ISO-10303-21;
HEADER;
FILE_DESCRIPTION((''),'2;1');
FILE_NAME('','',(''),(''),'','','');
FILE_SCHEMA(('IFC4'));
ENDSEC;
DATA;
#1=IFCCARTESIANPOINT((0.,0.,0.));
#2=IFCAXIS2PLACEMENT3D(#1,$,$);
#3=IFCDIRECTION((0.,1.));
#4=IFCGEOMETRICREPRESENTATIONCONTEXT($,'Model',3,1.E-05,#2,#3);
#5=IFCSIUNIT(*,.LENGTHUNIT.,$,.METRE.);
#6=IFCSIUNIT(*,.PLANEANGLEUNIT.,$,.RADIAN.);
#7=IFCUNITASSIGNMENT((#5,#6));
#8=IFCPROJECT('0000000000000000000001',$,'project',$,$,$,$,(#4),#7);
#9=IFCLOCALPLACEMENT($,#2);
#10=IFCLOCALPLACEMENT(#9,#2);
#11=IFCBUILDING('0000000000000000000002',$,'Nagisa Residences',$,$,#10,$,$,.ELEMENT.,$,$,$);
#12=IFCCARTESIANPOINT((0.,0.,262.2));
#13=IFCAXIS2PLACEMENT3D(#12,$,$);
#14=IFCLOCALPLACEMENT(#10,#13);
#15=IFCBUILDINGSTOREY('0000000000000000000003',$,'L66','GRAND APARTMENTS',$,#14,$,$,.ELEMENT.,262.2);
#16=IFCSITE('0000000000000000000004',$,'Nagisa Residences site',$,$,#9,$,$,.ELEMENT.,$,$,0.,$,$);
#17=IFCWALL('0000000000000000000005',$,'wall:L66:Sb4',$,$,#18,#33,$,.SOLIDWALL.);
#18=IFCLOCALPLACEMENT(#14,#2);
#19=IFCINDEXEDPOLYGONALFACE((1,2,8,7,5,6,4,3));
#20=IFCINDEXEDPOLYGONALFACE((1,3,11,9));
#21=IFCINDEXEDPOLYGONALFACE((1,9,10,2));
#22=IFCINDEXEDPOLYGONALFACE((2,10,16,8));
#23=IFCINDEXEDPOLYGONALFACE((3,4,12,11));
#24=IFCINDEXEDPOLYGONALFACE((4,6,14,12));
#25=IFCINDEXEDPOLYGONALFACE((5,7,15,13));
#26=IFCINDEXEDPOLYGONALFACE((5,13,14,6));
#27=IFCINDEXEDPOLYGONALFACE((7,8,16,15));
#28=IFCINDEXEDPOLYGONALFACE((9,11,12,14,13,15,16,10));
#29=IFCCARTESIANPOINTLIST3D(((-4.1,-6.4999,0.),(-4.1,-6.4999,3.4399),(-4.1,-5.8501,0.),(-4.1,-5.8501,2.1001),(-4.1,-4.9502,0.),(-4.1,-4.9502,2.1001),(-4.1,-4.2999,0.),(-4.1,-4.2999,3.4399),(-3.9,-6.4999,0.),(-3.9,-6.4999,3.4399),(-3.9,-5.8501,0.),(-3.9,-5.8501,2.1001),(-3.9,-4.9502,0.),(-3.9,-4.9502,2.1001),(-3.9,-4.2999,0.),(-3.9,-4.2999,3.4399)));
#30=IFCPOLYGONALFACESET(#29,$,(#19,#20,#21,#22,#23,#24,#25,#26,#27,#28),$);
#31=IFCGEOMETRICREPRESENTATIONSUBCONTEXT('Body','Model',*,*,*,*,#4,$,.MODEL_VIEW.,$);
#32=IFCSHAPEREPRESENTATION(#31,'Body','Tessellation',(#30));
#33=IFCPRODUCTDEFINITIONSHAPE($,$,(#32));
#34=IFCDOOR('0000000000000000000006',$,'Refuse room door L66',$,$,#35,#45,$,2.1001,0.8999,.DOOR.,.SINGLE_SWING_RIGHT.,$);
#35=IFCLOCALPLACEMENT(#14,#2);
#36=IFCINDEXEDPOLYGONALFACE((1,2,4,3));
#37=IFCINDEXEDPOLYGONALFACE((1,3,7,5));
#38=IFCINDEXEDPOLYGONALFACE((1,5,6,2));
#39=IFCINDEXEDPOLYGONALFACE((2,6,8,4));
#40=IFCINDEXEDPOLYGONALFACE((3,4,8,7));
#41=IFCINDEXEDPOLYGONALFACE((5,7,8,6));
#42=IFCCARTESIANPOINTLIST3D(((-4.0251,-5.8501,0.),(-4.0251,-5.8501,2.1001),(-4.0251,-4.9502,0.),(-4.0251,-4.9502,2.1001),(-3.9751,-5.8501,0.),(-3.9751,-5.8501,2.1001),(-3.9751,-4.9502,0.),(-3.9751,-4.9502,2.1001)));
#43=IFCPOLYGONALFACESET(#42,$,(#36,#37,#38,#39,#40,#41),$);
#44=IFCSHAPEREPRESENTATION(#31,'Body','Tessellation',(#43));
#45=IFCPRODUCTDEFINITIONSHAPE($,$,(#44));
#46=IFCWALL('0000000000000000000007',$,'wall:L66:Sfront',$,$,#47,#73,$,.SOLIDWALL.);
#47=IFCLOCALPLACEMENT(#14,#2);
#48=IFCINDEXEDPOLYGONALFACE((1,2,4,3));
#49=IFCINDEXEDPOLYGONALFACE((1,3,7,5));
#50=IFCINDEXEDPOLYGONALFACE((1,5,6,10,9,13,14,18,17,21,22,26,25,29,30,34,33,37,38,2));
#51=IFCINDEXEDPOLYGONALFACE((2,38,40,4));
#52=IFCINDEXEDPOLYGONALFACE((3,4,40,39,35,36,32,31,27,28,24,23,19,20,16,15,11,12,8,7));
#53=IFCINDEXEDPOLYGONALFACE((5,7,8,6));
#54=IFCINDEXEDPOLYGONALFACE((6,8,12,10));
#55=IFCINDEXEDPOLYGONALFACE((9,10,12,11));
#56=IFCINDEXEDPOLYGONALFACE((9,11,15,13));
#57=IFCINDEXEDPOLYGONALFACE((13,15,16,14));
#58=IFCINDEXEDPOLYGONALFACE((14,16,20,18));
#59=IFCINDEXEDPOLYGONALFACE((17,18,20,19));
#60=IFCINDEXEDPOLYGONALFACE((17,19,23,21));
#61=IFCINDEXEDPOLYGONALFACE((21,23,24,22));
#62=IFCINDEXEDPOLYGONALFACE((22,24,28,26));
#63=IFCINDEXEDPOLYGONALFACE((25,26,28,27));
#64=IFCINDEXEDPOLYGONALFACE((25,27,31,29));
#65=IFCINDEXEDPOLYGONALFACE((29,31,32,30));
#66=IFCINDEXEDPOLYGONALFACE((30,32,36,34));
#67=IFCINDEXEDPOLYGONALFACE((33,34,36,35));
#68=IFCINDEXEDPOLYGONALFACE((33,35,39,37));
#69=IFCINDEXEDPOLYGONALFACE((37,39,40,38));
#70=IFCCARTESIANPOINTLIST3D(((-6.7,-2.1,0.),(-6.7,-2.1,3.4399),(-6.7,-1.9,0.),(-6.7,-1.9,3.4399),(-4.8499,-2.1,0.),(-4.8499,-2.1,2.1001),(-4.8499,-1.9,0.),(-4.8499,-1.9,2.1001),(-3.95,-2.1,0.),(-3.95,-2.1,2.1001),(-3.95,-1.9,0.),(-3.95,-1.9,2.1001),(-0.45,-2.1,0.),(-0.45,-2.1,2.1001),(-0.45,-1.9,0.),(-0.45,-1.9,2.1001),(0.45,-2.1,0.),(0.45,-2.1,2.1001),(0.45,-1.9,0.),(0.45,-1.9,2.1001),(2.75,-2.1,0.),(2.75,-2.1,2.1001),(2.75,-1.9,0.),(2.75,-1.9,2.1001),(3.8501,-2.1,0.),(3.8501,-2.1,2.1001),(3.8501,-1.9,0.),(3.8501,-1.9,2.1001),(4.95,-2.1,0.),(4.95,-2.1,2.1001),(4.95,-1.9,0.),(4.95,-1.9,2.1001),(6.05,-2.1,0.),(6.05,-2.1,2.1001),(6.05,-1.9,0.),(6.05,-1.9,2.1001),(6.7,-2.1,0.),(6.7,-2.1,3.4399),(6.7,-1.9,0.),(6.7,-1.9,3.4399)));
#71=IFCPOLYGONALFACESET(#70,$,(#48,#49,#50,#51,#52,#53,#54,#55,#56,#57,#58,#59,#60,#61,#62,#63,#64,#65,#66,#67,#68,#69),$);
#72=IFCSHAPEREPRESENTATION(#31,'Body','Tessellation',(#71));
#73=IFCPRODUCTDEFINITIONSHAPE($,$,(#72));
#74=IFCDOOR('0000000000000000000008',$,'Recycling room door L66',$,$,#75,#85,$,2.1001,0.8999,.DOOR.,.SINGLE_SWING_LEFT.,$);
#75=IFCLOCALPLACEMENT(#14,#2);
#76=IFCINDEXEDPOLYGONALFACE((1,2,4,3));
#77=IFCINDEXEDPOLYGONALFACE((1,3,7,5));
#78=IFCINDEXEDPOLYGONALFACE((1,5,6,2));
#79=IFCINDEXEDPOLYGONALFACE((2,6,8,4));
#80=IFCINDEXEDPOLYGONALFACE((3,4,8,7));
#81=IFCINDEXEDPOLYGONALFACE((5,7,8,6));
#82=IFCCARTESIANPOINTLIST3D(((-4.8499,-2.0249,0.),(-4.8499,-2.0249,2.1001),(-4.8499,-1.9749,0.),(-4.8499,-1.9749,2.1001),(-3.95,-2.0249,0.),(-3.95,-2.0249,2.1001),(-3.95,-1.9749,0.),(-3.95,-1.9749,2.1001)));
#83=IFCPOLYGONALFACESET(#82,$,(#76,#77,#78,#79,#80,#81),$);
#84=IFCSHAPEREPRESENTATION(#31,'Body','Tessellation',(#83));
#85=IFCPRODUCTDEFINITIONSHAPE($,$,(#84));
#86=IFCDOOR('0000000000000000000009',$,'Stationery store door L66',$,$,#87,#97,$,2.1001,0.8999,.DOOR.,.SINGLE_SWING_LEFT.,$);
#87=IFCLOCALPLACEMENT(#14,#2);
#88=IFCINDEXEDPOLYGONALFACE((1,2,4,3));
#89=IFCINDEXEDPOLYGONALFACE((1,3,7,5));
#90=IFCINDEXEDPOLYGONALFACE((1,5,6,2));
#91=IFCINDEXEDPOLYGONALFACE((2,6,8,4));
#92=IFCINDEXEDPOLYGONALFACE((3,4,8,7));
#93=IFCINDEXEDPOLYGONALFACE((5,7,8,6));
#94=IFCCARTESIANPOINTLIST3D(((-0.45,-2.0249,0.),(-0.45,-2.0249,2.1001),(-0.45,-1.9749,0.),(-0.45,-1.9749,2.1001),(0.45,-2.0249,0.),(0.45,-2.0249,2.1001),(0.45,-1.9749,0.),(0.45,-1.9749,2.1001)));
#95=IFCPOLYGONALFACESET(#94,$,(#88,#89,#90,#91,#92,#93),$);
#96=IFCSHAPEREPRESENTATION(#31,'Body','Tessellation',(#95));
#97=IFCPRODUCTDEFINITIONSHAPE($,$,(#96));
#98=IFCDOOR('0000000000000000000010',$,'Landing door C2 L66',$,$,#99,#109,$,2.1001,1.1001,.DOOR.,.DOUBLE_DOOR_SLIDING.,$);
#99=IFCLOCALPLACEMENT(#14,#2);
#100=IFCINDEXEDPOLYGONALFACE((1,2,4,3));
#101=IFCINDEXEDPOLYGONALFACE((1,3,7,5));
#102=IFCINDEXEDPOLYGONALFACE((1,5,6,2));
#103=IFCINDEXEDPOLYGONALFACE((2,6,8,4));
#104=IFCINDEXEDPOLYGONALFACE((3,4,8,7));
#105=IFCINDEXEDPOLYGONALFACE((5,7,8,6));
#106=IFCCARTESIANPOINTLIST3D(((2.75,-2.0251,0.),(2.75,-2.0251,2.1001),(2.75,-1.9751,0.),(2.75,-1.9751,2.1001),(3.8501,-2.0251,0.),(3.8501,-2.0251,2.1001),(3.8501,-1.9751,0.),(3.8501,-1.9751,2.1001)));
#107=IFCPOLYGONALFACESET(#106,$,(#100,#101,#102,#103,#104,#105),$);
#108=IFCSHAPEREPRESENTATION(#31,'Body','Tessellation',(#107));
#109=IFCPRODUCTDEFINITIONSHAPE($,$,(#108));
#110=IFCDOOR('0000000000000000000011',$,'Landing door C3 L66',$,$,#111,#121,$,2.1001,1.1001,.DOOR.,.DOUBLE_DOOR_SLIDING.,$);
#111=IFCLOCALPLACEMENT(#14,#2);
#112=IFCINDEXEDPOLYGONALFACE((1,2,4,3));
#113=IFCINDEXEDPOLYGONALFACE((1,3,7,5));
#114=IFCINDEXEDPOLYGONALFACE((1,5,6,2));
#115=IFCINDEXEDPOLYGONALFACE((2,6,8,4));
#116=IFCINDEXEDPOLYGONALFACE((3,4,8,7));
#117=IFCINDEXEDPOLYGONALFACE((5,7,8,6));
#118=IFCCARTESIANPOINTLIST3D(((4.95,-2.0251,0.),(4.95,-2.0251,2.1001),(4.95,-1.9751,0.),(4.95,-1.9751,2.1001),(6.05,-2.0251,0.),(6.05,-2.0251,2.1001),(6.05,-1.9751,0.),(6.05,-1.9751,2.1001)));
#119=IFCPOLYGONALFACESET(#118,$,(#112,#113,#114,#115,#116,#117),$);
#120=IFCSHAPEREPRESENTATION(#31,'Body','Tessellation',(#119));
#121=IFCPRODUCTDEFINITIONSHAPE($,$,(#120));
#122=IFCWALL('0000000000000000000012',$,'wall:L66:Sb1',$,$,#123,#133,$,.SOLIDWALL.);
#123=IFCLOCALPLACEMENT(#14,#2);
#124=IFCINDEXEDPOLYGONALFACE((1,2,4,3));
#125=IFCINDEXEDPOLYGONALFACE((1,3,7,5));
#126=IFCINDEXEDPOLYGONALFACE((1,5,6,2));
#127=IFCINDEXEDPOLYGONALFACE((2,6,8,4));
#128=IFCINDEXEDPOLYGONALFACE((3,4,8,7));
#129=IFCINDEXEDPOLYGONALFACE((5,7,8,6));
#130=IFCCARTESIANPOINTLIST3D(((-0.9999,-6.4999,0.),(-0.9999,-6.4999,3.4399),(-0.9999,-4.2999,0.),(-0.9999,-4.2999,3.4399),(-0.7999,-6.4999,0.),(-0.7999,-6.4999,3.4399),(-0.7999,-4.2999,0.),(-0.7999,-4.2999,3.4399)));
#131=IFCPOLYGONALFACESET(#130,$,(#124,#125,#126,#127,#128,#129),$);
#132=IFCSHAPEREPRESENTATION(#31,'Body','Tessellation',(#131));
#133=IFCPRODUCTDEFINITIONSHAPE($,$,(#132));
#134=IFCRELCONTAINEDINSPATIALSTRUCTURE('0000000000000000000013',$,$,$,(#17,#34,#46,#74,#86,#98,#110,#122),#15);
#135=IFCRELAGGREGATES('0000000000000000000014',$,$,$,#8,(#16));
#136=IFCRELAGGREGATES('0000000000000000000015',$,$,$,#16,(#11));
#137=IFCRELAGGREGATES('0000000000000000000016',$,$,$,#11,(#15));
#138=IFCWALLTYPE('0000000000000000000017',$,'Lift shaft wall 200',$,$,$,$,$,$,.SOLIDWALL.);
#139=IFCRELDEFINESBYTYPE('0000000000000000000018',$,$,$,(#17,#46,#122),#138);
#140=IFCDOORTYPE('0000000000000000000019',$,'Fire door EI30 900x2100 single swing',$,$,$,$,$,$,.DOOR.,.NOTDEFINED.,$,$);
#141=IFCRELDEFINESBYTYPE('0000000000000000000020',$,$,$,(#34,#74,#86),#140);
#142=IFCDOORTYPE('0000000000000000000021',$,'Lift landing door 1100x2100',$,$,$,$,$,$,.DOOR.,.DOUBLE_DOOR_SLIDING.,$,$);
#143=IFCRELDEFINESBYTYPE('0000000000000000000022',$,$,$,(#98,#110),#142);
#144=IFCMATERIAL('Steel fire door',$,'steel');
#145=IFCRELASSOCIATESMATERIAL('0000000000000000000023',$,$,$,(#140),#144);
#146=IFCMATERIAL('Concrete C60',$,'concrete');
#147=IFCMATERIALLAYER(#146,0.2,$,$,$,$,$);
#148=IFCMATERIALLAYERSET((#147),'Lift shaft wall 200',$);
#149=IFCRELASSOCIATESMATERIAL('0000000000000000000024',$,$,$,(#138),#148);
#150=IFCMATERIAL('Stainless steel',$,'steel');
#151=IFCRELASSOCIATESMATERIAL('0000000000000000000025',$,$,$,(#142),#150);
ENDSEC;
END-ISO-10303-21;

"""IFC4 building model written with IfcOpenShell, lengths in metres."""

from ifc_helpers import new_model, si_unit, direction, frame, frame_2d, origin, place, context, subcontext, project, spatial, rectangle, extrude, material, layer, layer_set, type_object, element, fill, save


model = new_model("IFC4")

# Units and contexts
model_context = context("Model", 3, precision=1e-05, world=origin(), true_north=direction((0.0, 1.0)))
body_context = subcontext(model_context, "Body", "Model", "MODEL_VIEW")
ifc_project = project(units=[si_unit("LENGTHUNIT", "METRE"), si_unit("PLANEANGLEUNIT", "RADIAN")], contexts=[model_context])

# Site, building, storey
site_placement = place(None, origin())
site = spatial("IfcSite", under=ifc_project, at=site_placement, Name="Nagisa Residences site", CompositionType="ELEMENT", RefElevation=0.0)
building_placement = place(site_placement, origin())
building = spatial("IfcBuilding", under=site, at=building_placement, Name="Nagisa Residences", CompositionType="ELEMENT")
storey_placement = place(building_placement, frame((0.0, 0.0, 262.2)))
storey = spatial("IfcBuildingStorey", under=building, at=storey_placement, Name="L66", Description="GRAND APARTMENTS", CompositionType="ELEMENT", Elevation=262.2)

# Shared definitions
ifc_material_1 = material(Name="Steel fire door", Category="steel")
door_type_1 = type_object("IfcDoorType", Name="Fire door EI30 900x2100 single swing", OperationType="NOTDEFINED", PredefinedType="DOOR", material=ifc_material_1)

# Wall, opening, door
ifc_material_2 = material(Name="Concrete C60", Category="concrete")
ifc_layer_1 = layer(ifc_material_2, 0.2)
ifc_layer_set_1 = layer_set([ifc_layer_1], Name="Lift shaft wall 200")
wall_type_1 = type_object("IfcWallType", Name="Lift shaft wall 200", PredefinedType="SOLIDWALL", material=ifc_layer_set_1)
wall_1_placement = place(storey_placement, frame((-4.0, -6.5, 0.0), z_axis=(0.0, 0.0, 1.0), x_axis=(0.0, 1.0, 0.0)))
wall_1 = element("IfcWall", 1, at=wall_1_placement, inside=storey, type_object=wall_type_1, Name="wall:L66:Sb4", PredefinedType="SOLIDWALL", context=body_context, shape_type="SweptSolid", body=[
    extrude(rectangle(XDim=2.2, YDim=0.2, at=frame_2d((1.1001, 0.0))), origin(), (0.0, 0.0, 1.0), 3.4399),
])
opening_1_placement = place(wall_1_placement, frame((0.6499, 0.0, 0.0)))
opening_1 = element("IfcOpeningElement", 2, at=opening_1_placement, cuts=wall_1, PredefinedType="OPENING", context=body_context, shape_type="SweptSolid", body=[
    extrude(rectangle(XDim=0.8999, YDim=2.1001, at=frame_2d((0.45, 1.05))), frame((0.0, 0.1099, 0.0), z_axis=(0.0, -1.0, 0.0), x_axis=(1.0, 0.0, 0.0)), (0.0, 0.0, 1.0), 0.22),
])
door_1_placement = place(opening_1_placement, frame((0.8999, 0.0, 0.0), x_axis=(-1.0, 0.0, 0.0)))
door_1 = element("IfcDoor", 3, at=door_1_placement, inside=storey, type_object=door_type_1, Name="Refuse room door L66", OperationType="SINGLE_SWING_RIGHT", OverallHeight=2.1001, OverallWidth=0.8999, PredefinedType="DOOR", context=body_context, shape_type="SweptSolid", body=[
    extrude(rectangle(XDim=0.8999, YDim=2.1001, at=frame_2d((0.45, 1.05))), frame((0.0, 0.0249, 0.0), z_axis=(0.0, -1.0, 0.0), x_axis=(1.0, 0.0, 0.0)), (0.0, 0.0, 1.0), 0.05),
])
fill(opening_1, door_1)

# Wall, openings, doors
wall_2_placement = place(storey_placement, frame((-6.7, -2.0, 0.0), z_axis=(0.0, 0.0, 1.0), x_axis=(1.0, 0.0, 0.0)))
wall_2 = element("IfcWall", 4, at=wall_2_placement, inside=storey, type_object=wall_type_1, Name="wall:L66:Sfront", PredefinedType="SOLIDWALL", context=body_context, shape_type="SweptSolid", body=[
    extrude(rectangle(XDim=13.3999, YDim=0.2, at=frame_2d((6.7, 0.0))), origin(), (0.0, 0.0, 1.0), 3.4399),
])
opening_2_placement = place(wall_2_placement, frame((9.45, 0.0, 0.0)))
opening_2 = element("IfcOpeningElement", 5, at=opening_2_placement, cuts=wall_2, PredefinedType="OPENING", context=body_context, shape_type="SweptSolid", body=[
    extrude(rectangle(XDim=1.1001, YDim=2.1001, at=frame_2d((0.55, 1.05))), frame((0.0, 0.1099, 0.0), z_axis=(0.0, -1.0, 0.0), x_axis=(1.0, 0.0, 0.0)), (0.0, 0.0, 1.0), 0.22),
])
opening_3_placement = place(wall_2_placement, frame((11.6499, 0.0, 0.0)))
opening_3 = element("IfcOpeningElement", 6, at=opening_3_placement, cuts=wall_2, PredefinedType="OPENING", context=body_context, shape_type="SweptSolid", body=[
    extrude(rectangle(XDim=1.1001, YDim=2.1001, at=frame_2d((0.55, 1.05))), frame((0.0, 0.1099, 0.0), z_axis=(0.0, -1.0, 0.0), x_axis=(1.0, 0.0, 0.0)), (0.0, 0.0, 1.0), 0.22),
])
opening_4_placement = place(wall_2_placement, frame((1.8501, 0.0, 0.0)))
opening_4 = element("IfcOpeningElement", 7, at=opening_4_placement, cuts=wall_2, PredefinedType="OPENING", context=body_context, shape_type="SweptSolid", body=[
    extrude(rectangle(XDim=0.8999, YDim=2.1001, at=frame_2d((0.45, 1.05))), frame((0.0, 0.1099, 0.0), z_axis=(0.0, -1.0, 0.0), x_axis=(1.0, 0.0, 0.0)), (0.0, 0.0, 1.0), 0.22),
])
opening_5_placement = place(wall_2_placement, frame((6.25, 0.0, 0.0)))
opening_5 = element("IfcOpeningElement", 8, at=opening_5_placement, cuts=wall_2, PredefinedType="OPENING", context=body_context, shape_type="SweptSolid", body=[
    extrude(rectangle(XDim=0.8999, YDim=2.1001, at=frame_2d((0.45, 1.05))), frame((0.0, 0.1099, 0.0), z_axis=(0.0, -1.0, 0.0), x_axis=(1.0, 0.0, 0.0)), (0.0, 0.0, 1.0), 0.22),
])
door_2_placement = place(opening_4_placement, frame((0.8999, 0.0, 0.0), x_axis=(-1.0, 0.0, 0.0)))
door_2 = element("IfcDoor", 9, at=door_2_placement, inside=storey, type_object=door_type_1, Name="Recycling room door L66", OperationType="SINGLE_SWING_LEFT", OverallHeight=2.1001, OverallWidth=0.8999, PredefinedType="DOOR", context=body_context, shape_type="SweptSolid", body=[
    extrude(rectangle(XDim=0.8999, YDim=2.1001, at=frame_2d((0.45, 1.05))), frame((0.0, 0.0249, 0.0), z_axis=(0.0, -1.0, 0.0), x_axis=(1.0, 0.0, 0.0)), (0.0, 0.0, 1.0), 0.05),
])
fill(opening_4, door_2)
door_3_placement = place(opening_5_placement, frame((0.8999, 0.0, 0.0), x_axis=(-1.0, 0.0, 0.0)))
door_3 = element("IfcDoor", 10, at=door_3_placement, inside=storey, type_object=door_type_1, Name="Stationery store door L66", OperationType="SINGLE_SWING_LEFT", OverallHeight=2.1001, OverallWidth=0.8999, PredefinedType="DOOR", context=body_context, shape_type="SweptSolid", body=[
    extrude(rectangle(XDim=0.8999, YDim=2.1001, at=frame_2d((0.45, 1.05))), frame((0.0, 0.0249, 0.0), z_axis=(0.0, -1.0, 0.0), x_axis=(1.0, 0.0, 0.0)), (0.0, 0.0, 1.0), 0.05),
])
fill(opening_5, door_3)
ifc_material_3 = material(Name="Stainless steel", Category="steel")
door_type_2 = type_object("IfcDoorType", Name="Lift landing door 1100x2100", OperationType="DOUBLE_DOOR_SLIDING", PredefinedType="DOOR", material=ifc_material_3)
door_4_placement = place(opening_2_placement, origin())
door_4 = element("IfcDoor", 11, at=door_4_placement, inside=storey, type_object=door_type_2, Name="Landing door C2 L66", OperationType="DOUBLE_DOOR_SLIDING", OverallHeight=2.1001, OverallWidth=1.1001, PredefinedType="DOOR", context=body_context, shape_type="SweptSolid", body=[
    extrude(rectangle(XDim=1.1001, YDim=2.1001, at=frame_2d((0.55, 1.05))), frame((0.0, 0.0249, 0.0), z_axis=(0.0, -1.0, 0.0), x_axis=(1.0, 0.0, 0.0)), (0.0, 0.0, 1.0), 0.05),
])
fill(opening_2, door_4)
door_5_placement = place(opening_3_placement, origin())
door_5 = element("IfcDoor", 12, at=door_5_placement, inside=storey, type_object=door_type_2, Name="Landing door C3 L66", OperationType="DOUBLE_DOOR_SLIDING", OverallHeight=2.1001, OverallWidth=1.1001, PredefinedType="DOOR", context=body_context, shape_type="SweptSolid", body=[
    extrude(rectangle(XDim=1.1001, YDim=2.1001, at=frame_2d((0.55, 1.05))), frame((0.0, 0.0249, 0.0), z_axis=(0.0, -1.0, 0.0), x_axis=(1.0, 0.0, 0.0)), (0.0, 0.0, 1.0), 0.05),
])
fill(opening_3, door_5)

# Wall
wall_3_placement = place(storey_placement, frame((-0.8999, -6.5, 0.0), z_axis=(0.0, 0.0, 1.0), x_axis=(0.0, 1.0, 0.0)))
element("IfcWall", 13, at=wall_3_placement, inside=storey, type_object=wall_type_1, Name="wall:L66:Sb1", PredefinedType="SOLIDWALL", context=body_context, shape_type="SweptSolid", body=[
    extrude(rectangle(XDim=2.2, YDim=0.2, at=frame_2d((1.1001, 0.0))), origin(), (0.0, 0.0, 1.0), 3.4399),
])

save(model, "model.ifc")
